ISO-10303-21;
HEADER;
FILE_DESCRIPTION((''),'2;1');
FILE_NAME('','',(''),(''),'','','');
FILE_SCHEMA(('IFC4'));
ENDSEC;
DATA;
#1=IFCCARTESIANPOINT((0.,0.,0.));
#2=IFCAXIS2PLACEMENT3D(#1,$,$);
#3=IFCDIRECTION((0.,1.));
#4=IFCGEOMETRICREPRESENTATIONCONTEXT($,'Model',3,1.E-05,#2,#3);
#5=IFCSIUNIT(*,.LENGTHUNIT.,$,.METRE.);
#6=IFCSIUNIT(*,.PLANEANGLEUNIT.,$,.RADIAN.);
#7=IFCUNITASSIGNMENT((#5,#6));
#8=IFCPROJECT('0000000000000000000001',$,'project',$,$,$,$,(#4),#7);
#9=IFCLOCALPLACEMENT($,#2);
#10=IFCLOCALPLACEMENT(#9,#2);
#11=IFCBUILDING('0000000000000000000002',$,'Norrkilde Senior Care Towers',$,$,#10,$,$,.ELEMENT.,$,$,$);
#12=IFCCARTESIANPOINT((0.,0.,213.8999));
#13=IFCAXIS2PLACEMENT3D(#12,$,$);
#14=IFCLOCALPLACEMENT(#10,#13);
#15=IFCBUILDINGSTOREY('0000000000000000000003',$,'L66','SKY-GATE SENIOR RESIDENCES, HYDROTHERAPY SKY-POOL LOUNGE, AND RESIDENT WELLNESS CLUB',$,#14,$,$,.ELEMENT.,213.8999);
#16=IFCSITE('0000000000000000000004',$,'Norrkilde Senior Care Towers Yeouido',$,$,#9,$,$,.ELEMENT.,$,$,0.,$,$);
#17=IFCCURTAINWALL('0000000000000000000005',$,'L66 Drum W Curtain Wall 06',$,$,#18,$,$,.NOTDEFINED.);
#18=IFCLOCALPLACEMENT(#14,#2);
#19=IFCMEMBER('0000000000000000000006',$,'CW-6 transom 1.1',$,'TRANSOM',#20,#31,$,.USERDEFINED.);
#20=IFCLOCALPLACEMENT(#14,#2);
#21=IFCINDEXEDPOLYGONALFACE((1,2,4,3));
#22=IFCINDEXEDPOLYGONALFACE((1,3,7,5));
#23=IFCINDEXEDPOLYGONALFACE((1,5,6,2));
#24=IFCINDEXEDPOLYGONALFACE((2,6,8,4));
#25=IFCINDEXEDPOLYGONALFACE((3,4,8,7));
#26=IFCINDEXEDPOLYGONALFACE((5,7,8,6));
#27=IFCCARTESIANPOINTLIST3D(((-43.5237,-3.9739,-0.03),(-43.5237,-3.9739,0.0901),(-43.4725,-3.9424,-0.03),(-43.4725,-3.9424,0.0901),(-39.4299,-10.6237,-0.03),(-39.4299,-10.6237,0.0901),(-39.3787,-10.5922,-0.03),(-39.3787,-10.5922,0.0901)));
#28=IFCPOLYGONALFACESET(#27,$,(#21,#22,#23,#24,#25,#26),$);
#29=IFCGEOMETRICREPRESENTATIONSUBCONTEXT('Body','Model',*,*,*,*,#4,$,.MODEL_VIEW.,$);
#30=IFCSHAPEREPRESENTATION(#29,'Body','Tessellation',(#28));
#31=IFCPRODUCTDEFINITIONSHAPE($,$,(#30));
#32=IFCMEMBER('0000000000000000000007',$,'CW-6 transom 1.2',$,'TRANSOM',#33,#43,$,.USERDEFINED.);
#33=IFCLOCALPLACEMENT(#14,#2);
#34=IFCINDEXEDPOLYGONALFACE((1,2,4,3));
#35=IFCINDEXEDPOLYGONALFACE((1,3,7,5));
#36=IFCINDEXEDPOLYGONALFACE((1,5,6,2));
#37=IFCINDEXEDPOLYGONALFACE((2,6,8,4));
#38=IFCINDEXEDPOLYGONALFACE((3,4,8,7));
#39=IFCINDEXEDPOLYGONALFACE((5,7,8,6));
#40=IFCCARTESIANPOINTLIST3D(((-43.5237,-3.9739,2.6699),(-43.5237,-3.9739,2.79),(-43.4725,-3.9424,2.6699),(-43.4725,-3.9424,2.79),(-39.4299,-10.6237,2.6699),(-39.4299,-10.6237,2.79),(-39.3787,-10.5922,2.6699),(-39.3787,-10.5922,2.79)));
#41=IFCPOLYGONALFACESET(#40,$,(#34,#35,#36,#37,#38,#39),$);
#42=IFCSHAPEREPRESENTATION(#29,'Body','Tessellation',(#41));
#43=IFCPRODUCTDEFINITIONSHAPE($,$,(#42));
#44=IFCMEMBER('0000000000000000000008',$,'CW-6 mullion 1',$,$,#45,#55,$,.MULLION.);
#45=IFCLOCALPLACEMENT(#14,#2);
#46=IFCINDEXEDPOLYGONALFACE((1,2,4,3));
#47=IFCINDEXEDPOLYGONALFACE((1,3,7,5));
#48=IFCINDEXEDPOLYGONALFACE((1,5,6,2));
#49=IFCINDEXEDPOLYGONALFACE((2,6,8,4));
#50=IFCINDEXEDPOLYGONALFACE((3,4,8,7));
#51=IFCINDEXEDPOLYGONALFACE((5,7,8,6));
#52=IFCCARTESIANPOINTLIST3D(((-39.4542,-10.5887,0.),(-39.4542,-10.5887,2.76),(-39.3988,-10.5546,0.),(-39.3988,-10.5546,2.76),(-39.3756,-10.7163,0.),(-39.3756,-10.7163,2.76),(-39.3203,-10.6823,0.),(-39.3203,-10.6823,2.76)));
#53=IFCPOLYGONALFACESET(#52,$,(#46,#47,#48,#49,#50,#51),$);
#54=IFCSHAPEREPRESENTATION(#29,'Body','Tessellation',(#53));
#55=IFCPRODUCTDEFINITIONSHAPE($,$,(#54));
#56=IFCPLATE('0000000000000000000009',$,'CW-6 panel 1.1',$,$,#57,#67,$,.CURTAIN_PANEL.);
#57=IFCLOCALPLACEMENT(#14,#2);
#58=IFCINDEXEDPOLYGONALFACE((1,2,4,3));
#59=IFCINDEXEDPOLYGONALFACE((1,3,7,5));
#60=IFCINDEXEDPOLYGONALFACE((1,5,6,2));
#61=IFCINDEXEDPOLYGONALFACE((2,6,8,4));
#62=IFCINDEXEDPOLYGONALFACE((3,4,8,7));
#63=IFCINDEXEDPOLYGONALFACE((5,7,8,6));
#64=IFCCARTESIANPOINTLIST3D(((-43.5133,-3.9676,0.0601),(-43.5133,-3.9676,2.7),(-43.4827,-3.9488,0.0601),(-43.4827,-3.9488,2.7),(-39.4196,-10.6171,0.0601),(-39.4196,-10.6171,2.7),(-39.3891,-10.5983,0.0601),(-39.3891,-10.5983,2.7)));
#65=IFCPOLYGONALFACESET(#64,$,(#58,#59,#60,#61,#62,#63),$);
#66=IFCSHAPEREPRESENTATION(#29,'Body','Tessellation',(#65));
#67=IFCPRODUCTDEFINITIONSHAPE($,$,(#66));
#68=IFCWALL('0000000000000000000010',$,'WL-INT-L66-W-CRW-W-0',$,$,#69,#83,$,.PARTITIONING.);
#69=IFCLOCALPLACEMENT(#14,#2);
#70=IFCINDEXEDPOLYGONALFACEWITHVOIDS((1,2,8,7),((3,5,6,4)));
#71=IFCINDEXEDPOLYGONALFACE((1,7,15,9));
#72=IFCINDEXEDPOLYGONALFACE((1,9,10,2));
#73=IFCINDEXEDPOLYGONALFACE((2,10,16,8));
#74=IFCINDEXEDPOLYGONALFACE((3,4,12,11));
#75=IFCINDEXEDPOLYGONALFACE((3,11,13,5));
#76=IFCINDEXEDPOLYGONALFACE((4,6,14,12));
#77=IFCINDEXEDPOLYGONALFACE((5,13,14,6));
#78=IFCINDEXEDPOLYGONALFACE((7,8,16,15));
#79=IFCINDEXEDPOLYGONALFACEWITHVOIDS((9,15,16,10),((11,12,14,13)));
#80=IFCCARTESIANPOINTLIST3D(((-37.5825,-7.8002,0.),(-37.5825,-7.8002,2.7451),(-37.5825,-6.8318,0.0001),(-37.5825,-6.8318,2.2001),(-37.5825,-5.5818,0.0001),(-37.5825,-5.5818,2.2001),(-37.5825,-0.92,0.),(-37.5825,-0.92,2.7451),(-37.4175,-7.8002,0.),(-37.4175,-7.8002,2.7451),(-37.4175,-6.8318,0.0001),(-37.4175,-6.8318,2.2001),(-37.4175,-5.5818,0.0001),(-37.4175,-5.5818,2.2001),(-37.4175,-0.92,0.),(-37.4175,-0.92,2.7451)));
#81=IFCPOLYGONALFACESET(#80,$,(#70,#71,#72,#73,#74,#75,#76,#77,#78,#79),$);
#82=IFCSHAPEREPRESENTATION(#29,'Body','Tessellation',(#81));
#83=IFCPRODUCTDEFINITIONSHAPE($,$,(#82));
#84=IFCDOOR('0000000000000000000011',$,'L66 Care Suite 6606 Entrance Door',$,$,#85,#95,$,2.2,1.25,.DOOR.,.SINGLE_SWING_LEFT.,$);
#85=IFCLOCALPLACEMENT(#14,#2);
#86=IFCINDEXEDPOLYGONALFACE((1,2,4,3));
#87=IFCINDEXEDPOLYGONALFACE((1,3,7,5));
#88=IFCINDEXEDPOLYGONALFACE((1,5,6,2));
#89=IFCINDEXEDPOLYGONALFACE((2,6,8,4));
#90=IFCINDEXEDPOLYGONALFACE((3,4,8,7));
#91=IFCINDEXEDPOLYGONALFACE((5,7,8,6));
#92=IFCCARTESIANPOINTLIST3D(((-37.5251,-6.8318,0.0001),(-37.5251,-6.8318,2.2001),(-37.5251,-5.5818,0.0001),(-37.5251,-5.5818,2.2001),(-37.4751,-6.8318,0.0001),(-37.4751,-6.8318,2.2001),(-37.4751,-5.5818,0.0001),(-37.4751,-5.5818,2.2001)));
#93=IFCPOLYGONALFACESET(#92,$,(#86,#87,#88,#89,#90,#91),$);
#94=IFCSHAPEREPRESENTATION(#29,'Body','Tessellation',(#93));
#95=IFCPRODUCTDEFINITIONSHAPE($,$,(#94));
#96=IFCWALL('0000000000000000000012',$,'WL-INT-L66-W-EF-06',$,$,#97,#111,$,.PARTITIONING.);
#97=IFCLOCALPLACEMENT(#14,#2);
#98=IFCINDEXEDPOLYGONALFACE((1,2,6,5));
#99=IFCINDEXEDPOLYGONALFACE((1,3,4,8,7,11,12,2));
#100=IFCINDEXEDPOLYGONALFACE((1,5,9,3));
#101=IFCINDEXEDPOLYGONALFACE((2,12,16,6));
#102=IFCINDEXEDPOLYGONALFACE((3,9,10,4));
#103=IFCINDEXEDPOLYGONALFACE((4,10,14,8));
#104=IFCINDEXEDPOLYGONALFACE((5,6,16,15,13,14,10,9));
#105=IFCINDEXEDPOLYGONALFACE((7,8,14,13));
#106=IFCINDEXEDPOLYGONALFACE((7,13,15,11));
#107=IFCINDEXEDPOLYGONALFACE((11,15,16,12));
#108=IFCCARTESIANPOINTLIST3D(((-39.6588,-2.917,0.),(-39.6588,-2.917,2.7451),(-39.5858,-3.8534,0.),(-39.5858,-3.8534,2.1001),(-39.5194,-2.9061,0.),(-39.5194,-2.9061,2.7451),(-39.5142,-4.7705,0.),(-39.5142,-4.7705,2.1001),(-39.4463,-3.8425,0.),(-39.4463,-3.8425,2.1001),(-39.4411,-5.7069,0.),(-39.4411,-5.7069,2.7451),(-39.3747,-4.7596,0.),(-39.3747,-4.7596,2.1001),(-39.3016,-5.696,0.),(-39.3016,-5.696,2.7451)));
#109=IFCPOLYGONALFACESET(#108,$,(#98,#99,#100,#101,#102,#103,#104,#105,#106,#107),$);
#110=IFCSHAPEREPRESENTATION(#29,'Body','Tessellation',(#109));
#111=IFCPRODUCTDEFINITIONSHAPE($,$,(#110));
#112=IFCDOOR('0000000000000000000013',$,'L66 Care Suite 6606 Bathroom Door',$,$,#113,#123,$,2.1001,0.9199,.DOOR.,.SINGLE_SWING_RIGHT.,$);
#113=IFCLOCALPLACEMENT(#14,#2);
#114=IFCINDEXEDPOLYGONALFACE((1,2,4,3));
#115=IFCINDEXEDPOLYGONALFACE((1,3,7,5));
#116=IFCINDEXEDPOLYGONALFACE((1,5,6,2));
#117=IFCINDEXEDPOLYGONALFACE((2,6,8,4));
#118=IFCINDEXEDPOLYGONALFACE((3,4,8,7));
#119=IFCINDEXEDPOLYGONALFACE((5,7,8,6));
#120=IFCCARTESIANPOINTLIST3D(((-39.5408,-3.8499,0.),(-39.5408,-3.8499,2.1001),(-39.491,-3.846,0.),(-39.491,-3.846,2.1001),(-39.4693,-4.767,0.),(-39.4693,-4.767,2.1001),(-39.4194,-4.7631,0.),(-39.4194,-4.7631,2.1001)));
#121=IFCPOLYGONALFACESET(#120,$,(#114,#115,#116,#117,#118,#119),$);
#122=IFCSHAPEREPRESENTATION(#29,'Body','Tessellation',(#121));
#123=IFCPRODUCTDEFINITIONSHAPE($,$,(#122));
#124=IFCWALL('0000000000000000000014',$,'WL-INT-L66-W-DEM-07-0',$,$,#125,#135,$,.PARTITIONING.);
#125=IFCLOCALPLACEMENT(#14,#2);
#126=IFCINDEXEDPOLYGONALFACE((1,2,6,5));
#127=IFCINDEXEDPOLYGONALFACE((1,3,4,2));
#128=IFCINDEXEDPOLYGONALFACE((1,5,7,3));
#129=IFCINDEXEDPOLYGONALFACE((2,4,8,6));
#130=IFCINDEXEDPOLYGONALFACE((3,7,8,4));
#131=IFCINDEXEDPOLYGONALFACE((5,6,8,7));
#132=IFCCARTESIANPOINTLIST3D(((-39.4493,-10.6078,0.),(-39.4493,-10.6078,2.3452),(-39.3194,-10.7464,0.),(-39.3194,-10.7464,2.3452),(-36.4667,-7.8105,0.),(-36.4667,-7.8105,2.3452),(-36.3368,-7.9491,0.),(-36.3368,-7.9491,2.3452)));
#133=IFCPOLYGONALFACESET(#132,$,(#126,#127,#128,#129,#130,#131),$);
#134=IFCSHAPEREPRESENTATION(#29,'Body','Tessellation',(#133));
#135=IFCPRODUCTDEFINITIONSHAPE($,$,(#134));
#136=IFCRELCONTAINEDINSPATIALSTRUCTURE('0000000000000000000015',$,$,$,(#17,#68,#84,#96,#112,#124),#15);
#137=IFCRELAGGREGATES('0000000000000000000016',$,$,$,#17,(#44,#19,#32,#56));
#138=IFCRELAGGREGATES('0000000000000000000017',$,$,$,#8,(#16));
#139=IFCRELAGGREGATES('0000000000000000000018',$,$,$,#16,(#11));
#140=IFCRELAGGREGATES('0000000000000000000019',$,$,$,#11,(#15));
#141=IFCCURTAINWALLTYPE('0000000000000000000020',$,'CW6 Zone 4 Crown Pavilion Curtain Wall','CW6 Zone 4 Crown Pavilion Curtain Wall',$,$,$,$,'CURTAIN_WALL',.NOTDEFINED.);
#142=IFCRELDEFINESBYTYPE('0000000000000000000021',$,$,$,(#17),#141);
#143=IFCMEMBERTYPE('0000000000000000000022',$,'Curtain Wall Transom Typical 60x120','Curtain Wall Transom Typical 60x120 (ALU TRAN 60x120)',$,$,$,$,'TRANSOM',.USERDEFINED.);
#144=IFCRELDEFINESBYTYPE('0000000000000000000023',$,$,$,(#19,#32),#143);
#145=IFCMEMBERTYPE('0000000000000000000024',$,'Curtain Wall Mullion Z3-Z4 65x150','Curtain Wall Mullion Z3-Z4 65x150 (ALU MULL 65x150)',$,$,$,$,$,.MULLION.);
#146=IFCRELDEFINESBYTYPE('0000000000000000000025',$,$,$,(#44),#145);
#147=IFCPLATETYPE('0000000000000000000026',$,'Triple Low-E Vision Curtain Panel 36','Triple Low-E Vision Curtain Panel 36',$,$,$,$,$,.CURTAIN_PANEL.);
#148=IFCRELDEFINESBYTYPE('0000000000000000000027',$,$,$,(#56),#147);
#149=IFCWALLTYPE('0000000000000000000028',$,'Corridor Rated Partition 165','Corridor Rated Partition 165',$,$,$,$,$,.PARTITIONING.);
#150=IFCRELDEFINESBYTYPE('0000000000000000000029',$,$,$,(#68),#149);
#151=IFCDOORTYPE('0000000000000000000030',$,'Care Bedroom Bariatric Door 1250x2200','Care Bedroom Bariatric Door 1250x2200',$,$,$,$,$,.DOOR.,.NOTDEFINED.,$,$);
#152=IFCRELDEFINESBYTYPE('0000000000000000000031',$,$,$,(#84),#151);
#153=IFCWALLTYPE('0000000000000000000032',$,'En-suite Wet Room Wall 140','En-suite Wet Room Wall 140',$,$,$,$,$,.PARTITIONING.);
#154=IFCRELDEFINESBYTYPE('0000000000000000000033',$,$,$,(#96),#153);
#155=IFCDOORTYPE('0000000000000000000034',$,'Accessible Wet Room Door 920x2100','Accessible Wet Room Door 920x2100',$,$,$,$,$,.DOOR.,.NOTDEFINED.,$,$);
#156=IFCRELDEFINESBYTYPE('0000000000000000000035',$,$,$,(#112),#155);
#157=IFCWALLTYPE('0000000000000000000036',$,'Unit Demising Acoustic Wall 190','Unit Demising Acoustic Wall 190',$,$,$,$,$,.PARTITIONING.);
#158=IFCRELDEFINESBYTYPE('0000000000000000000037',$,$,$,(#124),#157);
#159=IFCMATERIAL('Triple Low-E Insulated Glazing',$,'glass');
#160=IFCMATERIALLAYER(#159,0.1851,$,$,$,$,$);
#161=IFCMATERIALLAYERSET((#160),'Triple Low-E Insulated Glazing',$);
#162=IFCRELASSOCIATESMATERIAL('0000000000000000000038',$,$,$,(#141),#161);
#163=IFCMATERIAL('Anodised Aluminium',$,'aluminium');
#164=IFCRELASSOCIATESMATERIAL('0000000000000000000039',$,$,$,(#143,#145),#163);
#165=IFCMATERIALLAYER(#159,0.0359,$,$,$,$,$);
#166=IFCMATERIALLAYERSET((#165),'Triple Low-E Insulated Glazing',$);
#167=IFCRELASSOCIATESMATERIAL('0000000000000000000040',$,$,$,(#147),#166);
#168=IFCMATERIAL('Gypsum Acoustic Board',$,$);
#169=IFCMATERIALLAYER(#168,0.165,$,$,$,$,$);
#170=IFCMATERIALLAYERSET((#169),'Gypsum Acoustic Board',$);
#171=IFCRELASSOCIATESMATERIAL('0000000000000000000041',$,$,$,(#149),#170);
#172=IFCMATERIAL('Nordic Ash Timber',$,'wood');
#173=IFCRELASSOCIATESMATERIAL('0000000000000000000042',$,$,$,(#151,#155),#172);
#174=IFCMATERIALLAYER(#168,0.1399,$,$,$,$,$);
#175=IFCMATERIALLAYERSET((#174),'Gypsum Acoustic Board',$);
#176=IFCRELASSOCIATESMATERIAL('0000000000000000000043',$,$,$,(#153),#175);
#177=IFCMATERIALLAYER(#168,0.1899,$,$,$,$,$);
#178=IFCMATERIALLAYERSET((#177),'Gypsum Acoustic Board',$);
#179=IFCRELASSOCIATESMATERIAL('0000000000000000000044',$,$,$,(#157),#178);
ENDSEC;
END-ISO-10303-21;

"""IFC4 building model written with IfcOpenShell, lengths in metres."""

from ifc_helpers import new_model, si_unit, direction, frame, frame_2d, origin, origin_2d, place, context, subcontext, project, spatial, rectangle, extrude, source, transform, mapped, material, layer, layer_set, material_profile, profile_set, type_object, type_shapes, element, fill, aggregate, save


model = new_model("IFC4")

# Units and contexts
model_context = context("Model", 3, precision=1e-05, world=origin(), true_north=direction((0.0, 1.0)))
body_context = subcontext(model_context, "Body", "Model", "MODEL_VIEW")
ifc_project = project(units=[si_unit("LENGTHUNIT", "METRE"), si_unit("PLANEANGLEUNIT", "RADIAN")], contexts=[model_context])

# Site, building, storey
site_placement = place(None, origin())
site = spatial("IfcSite", under=ifc_project, at=site_placement, Name="Norrkilde Senior Care Towers Yeouido", CompositionType="ELEMENT", RefElevation=0.0)
building_placement = place(site_placement, origin())
building = spatial("IfcBuilding", under=site, at=building_placement, Name="Norrkilde Senior Care Towers", CompositionType="ELEMENT")
storey_placement = place(building_placement, frame((0.0, 0.0, 213.8999)))
storey = spatial("IfcBuildingStorey", under=building, at=storey_placement, Name="L66", Description="SKY-GATE SENIOR RESIDENCES, HYDROTHERAPY SKY-POOL LOUNGE, AND RESIDENT WELLNESS CLUB", CompositionType="ELEMENT", Elevation=213.8999)

# Curtain wall, members, plate
ifc_material_1 = material(Name="Triple Low-E Insulated Glazing", Category="glass")
ifc_layer_1 = layer(ifc_material_1, 0.1851)
ifc_layer_set_1 = layer_set([ifc_layer_1], Name="Triple Low-E Insulated Glazing")
curtain_wall_type = type_object("IfcCurtainWallType", Name="CW6 Zone 4 Crown Pavilion Curtain Wall", Description="CW6 Zone 4 Crown Pavilion Curtain Wall", ElementType="CURTAIN_WALL", PredefinedType="NOTDEFINED", material=ifc_layer_set_1)
curtain_wall_placement = place(storey_placement, origin())
curtain_wall = element("IfcCurtainWall", 1, at=curtain_wall_placement, inside=storey, type_object=curtain_wall_type, Name="L66 Drum W Curtain Wall 06", PredefinedType="NOTDEFINED")
ifc_material_2 = material(Name="Anodised Aluminium", Category="aluminium")
ifc_material_profile_1 = material_profile(ifc_material_2, rectangle(XDim=0.0601, YDim=0.1201, at=origin_2d()), Name="ALU TRAN 60x120")
ifc_profile_set_1 = profile_set([ifc_material_profile_1], Name="Anodised Aluminium")
member_type_1 = type_object("IfcMemberType", Name="Curtain Wall Transom Typical 60x120", Description="Curtain Wall Transom Typical 60x120 (ALU TRAN 60x120)", ElementType="TRANSOM", PredefinedType="USERDEFINED", material=ifc_profile_set_1)
shared_shape_1 = source(origin(), body_context, "Body", "SweptSolid", [
    extrude(rectangle(XDim=0.0601, YDim=0.1201, at=origin_2d()), origin(), (0.0, 0.0, 1.0), 7.8088),
])
type_shapes(member_type_1, [shared_shape_1])
member_1_placement = place(storey_placement, frame((-39.4043, -10.6079, 0.03), z_axis=(-0.524251, 0.851564, 0.0), x_axis=(-0.851564, -0.524251, 0.0)))
member_1 = element("IfcMember", 2, at=member_1_placement, type_object=member_type_1, Name="CW-6 transom 1.1", ObjectType="TRANSOM", PredefinedType="USERDEFINED", context=body_context, shape_type="MappedRepresentation", body=[
    mapped(shared_shape_1, transform((0.0, 0.0, 0.0), x_axis=(1.0, 0.0, 0.0), y_axis=(0.0, 1.0, 0.0), z_axis=(0.0, 0.0, 1.0), scale=1.0)),
])
member_2_placement = place(storey_placement, frame((-39.4043, -10.6079, 2.73), z_axis=(-0.524251, 0.851564, 0.0), x_axis=(-0.851564, -0.524251, 0.0)))
member_2 = element("IfcMember", 3, at=member_2_placement, type_object=member_type_1, Name="CW-6 transom 1.2", ObjectType="TRANSOM", PredefinedType="USERDEFINED", context=body_context, shape_type="MappedRepresentation", body=[
    mapped(shared_shape_1, transform((0.0, 0.0, 0.0), x_axis=(1.0, 0.0, 0.0), y_axis=(0.0, 1.0, 0.0), z_axis=(0.0, 0.0, 1.0), scale=1.0)),
])
ifc_material_profile_2 = material_profile(ifc_material_2, rectangle(XDim=0.0649, YDim=0.1499, at=origin_2d()), Name="ALU MULL 65x150")
ifc_profile_set_2 = profile_set([ifc_material_profile_2], Name="Anodised Aluminium")
member_type_2 = type_object("IfcMemberType", Name="Curtain Wall Mullion Z3-Z4 65x150", Description="Curtain Wall Mullion Z3-Z4 65x150 (ALU MULL 65x150)", PredefinedType="MULLION", material=ifc_profile_set_2)
shared_shape_2 = source(origin(), body_context, "Body", "SweptSolid", [
    extrude(rectangle(XDim=0.0649, YDim=0.1499, at=origin_2d()), origin(), (0.0, 0.0, 1.0), 2.76),
])
type_shapes(member_type_2, [shared_shape_2])
member_3_placement = place(storey_placement, frame((-39.3872, -10.6355, 0.0), z_axis=(0.0, 0.0, 1.0), x_axis=(-0.851563, -0.524253, 0.0)))
member_3 = element("IfcMember", 4, at=member_3_placement, type_object=member_type_2, Name="CW-6 mullion 1", PredefinedType="MULLION", context=body_context, shape_type="MappedRepresentation", body=[
    mapped(shared_shape_2, transform((0.0, 0.0, 0.0), x_axis=(1.0, 0.0, 0.0), y_axis=(0.0, 1.0, 0.0), z_axis=(0.0, 0.0, 1.0), scale=1.0)),
])
ifc_layer_2 = layer(ifc_material_1, 0.0359)
ifc_layer_set_2 = layer_set([ifc_layer_2], Name="Triple Low-E Insulated Glazing")
plate_type = type_object("IfcPlateType", Name="Triple Low-E Vision Curtain Panel 36", Description="Triple Low-E Vision Curtain Panel 36", PredefinedType="CURTAIN_PANEL", material=ifc_layer_set_2)
shared_shape_3 = source(origin(), body_context, "Body", "SweptSolid", [
    extrude(rectangle(XDim=7.8086, YDim=0.0359, at=origin_2d()), origin(), (0.0, 0.0, 1.0), 2.6399),
])
type_shapes(plate_type, [shared_shape_3])
plate_placement = place(storey_placement, frame((-41.4512, -7.283, 0.0601), z_axis=(0.0, 0.0, 1.0), x_axis=(-0.524253, 0.851563, 0.0)))
plate = element("IfcPlate", 5, at=plate_placement, type_object=plate_type, Name="CW-6 panel 1.1", PredefinedType="CURTAIN_PANEL", context=body_context, shape_type="MappedRepresentation", body=[
    mapped(shared_shape_3, transform((0.0, 0.0, 0.0), x_axis=(1.0, 0.0, 0.0), y_axis=(0.0, 1.0, 0.0), z_axis=(0.0, 0.0, 1.0), scale=1.0)),
])
aggregate(curtain_wall, [member_3, member_1, member_2, plate])

# Walls, openings, doors
ifc_material_3 = material(Name="Gypsum Acoustic Board")
ifc_layer_3 = layer(ifc_material_3, 0.165)
ifc_layer_set_3 = layer_set([ifc_layer_3], Name="Gypsum Acoustic Board")
wall_type_1 = type_object("IfcWallType", Name="Corridor Rated Partition 165", Description="Corridor Rated Partition 165", PredefinedType="PARTITIONING", material=ifc_layer_set_3)
shared_shape_4 = source(origin(), body_context, "Body", "SweptSolid", [
    extrude(rectangle(XDim=6.8801, YDim=0.165, at=frame_2d((3.4399, 0.0))), origin(), (0.0, 0.0, 1.0), 2.7451),
])
type_shapes(wall_type_1, [shared_shape_4])
wall_1_placement = place(storey_placement, frame((-37.5, -7.8, 0.0), z_axis=(0.0, 0.0, 1.0), x_axis=(0.0, 1.0, 0.0)))
wall_1 = element("IfcWall", 6, at=wall_1_placement, inside=storey, type_object=wall_type_1, Name="WL-INT-L66-W-CRW-W-0", PredefinedType="PARTITIONING", context=body_context, shape_type="MappedRepresentation", body=[
    mapped(shared_shape_4, transform((0.0, 0.0, 0.0), x_axis=(1.0, 0.0, 0.0), y_axis=(0.0, 1.0, 0.0), z_axis=(0.0, 0.0, 1.0), scale=1.0)),
])
opening_1_placement = place(wall_1_placement, frame((0.9683, 0.0, 0.0)))
opening_1 = element("IfcOpeningElement", 7, at=opening_1_placement, cuts=wall_1, PredefinedType="OPENING", context=body_context, shape_type="SweptSolid", body=[
    extrude(rectangle(XDim=1.25, YDim=2.2, at=frame_2d((0.625, 1.1001))), frame((0.0, 0.0925, 0.0), z_axis=(0.0, -1.0, 0.0), x_axis=(1.0, 0.0, 0.0)), (0.0, 0.0, 1.0), 0.1851),
])
ifc_material_4 = material(Name="Nordic Ash Timber", Category="wood")
door_type_1 = type_object("IfcDoorType", Name="Care Bedroom Bariatric Door 1250x2200", Description="Care Bedroom Bariatric Door 1250x2200", OperationType="NOTDEFINED", PredefinedType="DOOR", material=ifc_material_4)
shared_shape_5 = source(origin(), body_context, "Body", "SweptSolid", [
    extrude(rectangle(XDim=1.25, YDim=2.2, at=frame_2d((0.625, 1.1001))), frame((0.0, 0.0249, 0.0), z_axis=(0.0, -1.0, 0.0), x_axis=(1.0, 0.0, 0.0)), (0.0, 0.0, 1.0), 0.05),
])
type_shapes(door_type_1, [shared_shape_5])
door_1_placement = place(opening_1_placement, frame((1.25, 0.0, 0.0), z_axis=(0.0, 0.0, 1.0), x_axis=(-1.0, 0.0, 0.0)))
door_1 = element("IfcDoor", 8, at=door_1_placement, inside=storey, type_object=door_type_1, Name="L66 Care Suite 6606 Entrance Door", OperationType="SINGLE_SWING_LEFT", OverallHeight=2.2, OverallWidth=1.25, PredefinedType="DOOR", context=body_context, shape_type="MappedRepresentation", body=[
    mapped(shared_shape_5, transform((0.0, 0.0, 0.0), x_axis=(1.0, 0.0, 0.0), y_axis=(0.0, 1.0, 0.0), z_axis=(0.0, 0.0, 1.0), scale=1.0)),
])
fill(opening_1, door_1)
ifc_layer_4 = layer(ifc_material_3, 0.1399)
ifc_layer_set_4 = layer_set([ifc_layer_4], Name="Gypsum Acoustic Board")
wall_type_2 = type_object("IfcWallType", Name="En-suite Wet Room Wall 140", Description="En-suite Wet Room Wall 140", PredefinedType="PARTITIONING", material=ifc_layer_set_4)
shared_shape_6 = source(origin(), body_context, "Body", "SweptSolid", [
    extrude(rectangle(XDim=2.7983, YDim=0.1399, at=frame_2d((1.3992, 0.0))), origin(), (0.0, 0.0, 1.0), 2.7451),
])
type_shapes(wall_type_2, [shared_shape_6])
wall_2_placement = place(storey_placement, frame((-39.3713, -5.7014, 0.0), z_axis=(0.0, 0.0, 1.0), x_axis=(-0.077824, 0.996967, 0.0)))
wall_2 = element("IfcWall", 9, at=wall_2_placement, inside=storey, type_object=wall_type_2, Name="WL-INT-L66-W-EF-06", PredefinedType="PARTITIONING", context=body_context, shape_type="MappedRepresentation", body=[
    mapped(shared_shape_6, transform((0.0, 0.0, 0.0), x_axis=(1.0, 0.0, 0.0), y_axis=(0.0, 1.0, 0.0), z_axis=(0.0, 0.0, 1.0), scale=1.0)),
])
opening_2_placement = place(wall_2_placement, frame((0.9392, 0.0, 0.0)))
opening_2 = element("IfcOpeningElement", 10, at=opening_2_placement, cuts=wall_2, PredefinedType="OPENING", context=body_context, shape_type="SweptSolid", body=[
    extrude(rectangle(XDim=0.9199, YDim=2.1001, at=frame_2d((0.46, 1.05))), frame((0.0, 0.0798, 0.0), z_axis=(0.0, -1.0, 0.0), x_axis=(1.0, 0.0, 0.0)), (0.0, 0.0, 1.0), 0.1599),
])
door_type_2 = type_object("IfcDoorType", Name="Accessible Wet Room Door 920x2100", Description="Accessible Wet Room Door 920x2100", OperationType="NOTDEFINED", PredefinedType="DOOR", material=ifc_material_4)
shared_shape_7 = source(origin(), body_context, "Body", "SweptSolid", [
    extrude(rectangle(XDim=0.9199, YDim=2.1001, at=frame_2d((0.46, 1.05))), frame((0.0, 0.0249, 0.0), z_axis=(0.0, -1.0, 0.0), x_axis=(1.0, 0.0, 0.0)), (0.0, 0.0, 1.0), 0.05),
])
type_shapes(door_type_2, [shared_shape_7])
door_2_placement = place(opening_2_placement, origin())
door_2 = element("IfcDoor", 11, at=door_2_placement, inside=storey, type_object=door_type_2, Name="L66 Care Suite 6606 Bathroom Door", OperationType="SINGLE_SWING_RIGHT", OverallHeight=2.1001, OverallWidth=0.9199, PredefinedType="DOOR", context=body_context, shape_type="MappedRepresentation", body=[
    mapped(shared_shape_7, transform((0.0, 0.0, 0.0), x_axis=(1.0, 0.0, 0.0), y_axis=(0.0, 1.0, 0.0), z_axis=(0.0, 0.0, 1.0), scale=1.0)),
])
fill(opening_2, door_2)

# Wall
ifc_layer_5 = layer(ifc_material_3, 0.1899)
ifc_layer_set_5 = layer_set([ifc_layer_5], Name="Gypsum Acoustic Board")
wall_type_3 = type_object("IfcWallType", Name="Unit Demising Acoustic Wall 190", Description="Unit Demising Acoustic Wall 190", PredefinedType="PARTITIONING", material=ifc_layer_set_5)
shared_shape_8 = source(origin(), body_context, "Body", "SweptSolid", [
    extrude(rectangle(XDim=4.0891, YDim=0.1899, at=frame_2d((2.0444, 0.0))), origin(), (0.0, 0.0, 1.0), 2.3452),
])
type_shapes(wall_type_3, [shared_shape_8])
wall_3_placement = place(storey_placement, frame((-36.4019, -7.8799, 0.0), z_axis=(0.0, 0.0, 1.0), x_axis=(-0.729401, -0.684086, 0.0)))
element("IfcWall", 12, at=wall_3_placement, inside=storey, type_object=wall_type_3, Name="WL-INT-L66-W-DEM-07-0", PredefinedType="PARTITIONING", context=body_context, shape_type="MappedRepresentation", body=[
    mapped(shared_shape_8, transform((0.0, 0.0, 0.0), x_axis=(1.0, 0.0, 0.0), y_axis=(0.0, 1.0, 0.0), z_axis=(0.0, 0.0, 1.0), scale=1.0)),
])

save(model, "model.ifc")
